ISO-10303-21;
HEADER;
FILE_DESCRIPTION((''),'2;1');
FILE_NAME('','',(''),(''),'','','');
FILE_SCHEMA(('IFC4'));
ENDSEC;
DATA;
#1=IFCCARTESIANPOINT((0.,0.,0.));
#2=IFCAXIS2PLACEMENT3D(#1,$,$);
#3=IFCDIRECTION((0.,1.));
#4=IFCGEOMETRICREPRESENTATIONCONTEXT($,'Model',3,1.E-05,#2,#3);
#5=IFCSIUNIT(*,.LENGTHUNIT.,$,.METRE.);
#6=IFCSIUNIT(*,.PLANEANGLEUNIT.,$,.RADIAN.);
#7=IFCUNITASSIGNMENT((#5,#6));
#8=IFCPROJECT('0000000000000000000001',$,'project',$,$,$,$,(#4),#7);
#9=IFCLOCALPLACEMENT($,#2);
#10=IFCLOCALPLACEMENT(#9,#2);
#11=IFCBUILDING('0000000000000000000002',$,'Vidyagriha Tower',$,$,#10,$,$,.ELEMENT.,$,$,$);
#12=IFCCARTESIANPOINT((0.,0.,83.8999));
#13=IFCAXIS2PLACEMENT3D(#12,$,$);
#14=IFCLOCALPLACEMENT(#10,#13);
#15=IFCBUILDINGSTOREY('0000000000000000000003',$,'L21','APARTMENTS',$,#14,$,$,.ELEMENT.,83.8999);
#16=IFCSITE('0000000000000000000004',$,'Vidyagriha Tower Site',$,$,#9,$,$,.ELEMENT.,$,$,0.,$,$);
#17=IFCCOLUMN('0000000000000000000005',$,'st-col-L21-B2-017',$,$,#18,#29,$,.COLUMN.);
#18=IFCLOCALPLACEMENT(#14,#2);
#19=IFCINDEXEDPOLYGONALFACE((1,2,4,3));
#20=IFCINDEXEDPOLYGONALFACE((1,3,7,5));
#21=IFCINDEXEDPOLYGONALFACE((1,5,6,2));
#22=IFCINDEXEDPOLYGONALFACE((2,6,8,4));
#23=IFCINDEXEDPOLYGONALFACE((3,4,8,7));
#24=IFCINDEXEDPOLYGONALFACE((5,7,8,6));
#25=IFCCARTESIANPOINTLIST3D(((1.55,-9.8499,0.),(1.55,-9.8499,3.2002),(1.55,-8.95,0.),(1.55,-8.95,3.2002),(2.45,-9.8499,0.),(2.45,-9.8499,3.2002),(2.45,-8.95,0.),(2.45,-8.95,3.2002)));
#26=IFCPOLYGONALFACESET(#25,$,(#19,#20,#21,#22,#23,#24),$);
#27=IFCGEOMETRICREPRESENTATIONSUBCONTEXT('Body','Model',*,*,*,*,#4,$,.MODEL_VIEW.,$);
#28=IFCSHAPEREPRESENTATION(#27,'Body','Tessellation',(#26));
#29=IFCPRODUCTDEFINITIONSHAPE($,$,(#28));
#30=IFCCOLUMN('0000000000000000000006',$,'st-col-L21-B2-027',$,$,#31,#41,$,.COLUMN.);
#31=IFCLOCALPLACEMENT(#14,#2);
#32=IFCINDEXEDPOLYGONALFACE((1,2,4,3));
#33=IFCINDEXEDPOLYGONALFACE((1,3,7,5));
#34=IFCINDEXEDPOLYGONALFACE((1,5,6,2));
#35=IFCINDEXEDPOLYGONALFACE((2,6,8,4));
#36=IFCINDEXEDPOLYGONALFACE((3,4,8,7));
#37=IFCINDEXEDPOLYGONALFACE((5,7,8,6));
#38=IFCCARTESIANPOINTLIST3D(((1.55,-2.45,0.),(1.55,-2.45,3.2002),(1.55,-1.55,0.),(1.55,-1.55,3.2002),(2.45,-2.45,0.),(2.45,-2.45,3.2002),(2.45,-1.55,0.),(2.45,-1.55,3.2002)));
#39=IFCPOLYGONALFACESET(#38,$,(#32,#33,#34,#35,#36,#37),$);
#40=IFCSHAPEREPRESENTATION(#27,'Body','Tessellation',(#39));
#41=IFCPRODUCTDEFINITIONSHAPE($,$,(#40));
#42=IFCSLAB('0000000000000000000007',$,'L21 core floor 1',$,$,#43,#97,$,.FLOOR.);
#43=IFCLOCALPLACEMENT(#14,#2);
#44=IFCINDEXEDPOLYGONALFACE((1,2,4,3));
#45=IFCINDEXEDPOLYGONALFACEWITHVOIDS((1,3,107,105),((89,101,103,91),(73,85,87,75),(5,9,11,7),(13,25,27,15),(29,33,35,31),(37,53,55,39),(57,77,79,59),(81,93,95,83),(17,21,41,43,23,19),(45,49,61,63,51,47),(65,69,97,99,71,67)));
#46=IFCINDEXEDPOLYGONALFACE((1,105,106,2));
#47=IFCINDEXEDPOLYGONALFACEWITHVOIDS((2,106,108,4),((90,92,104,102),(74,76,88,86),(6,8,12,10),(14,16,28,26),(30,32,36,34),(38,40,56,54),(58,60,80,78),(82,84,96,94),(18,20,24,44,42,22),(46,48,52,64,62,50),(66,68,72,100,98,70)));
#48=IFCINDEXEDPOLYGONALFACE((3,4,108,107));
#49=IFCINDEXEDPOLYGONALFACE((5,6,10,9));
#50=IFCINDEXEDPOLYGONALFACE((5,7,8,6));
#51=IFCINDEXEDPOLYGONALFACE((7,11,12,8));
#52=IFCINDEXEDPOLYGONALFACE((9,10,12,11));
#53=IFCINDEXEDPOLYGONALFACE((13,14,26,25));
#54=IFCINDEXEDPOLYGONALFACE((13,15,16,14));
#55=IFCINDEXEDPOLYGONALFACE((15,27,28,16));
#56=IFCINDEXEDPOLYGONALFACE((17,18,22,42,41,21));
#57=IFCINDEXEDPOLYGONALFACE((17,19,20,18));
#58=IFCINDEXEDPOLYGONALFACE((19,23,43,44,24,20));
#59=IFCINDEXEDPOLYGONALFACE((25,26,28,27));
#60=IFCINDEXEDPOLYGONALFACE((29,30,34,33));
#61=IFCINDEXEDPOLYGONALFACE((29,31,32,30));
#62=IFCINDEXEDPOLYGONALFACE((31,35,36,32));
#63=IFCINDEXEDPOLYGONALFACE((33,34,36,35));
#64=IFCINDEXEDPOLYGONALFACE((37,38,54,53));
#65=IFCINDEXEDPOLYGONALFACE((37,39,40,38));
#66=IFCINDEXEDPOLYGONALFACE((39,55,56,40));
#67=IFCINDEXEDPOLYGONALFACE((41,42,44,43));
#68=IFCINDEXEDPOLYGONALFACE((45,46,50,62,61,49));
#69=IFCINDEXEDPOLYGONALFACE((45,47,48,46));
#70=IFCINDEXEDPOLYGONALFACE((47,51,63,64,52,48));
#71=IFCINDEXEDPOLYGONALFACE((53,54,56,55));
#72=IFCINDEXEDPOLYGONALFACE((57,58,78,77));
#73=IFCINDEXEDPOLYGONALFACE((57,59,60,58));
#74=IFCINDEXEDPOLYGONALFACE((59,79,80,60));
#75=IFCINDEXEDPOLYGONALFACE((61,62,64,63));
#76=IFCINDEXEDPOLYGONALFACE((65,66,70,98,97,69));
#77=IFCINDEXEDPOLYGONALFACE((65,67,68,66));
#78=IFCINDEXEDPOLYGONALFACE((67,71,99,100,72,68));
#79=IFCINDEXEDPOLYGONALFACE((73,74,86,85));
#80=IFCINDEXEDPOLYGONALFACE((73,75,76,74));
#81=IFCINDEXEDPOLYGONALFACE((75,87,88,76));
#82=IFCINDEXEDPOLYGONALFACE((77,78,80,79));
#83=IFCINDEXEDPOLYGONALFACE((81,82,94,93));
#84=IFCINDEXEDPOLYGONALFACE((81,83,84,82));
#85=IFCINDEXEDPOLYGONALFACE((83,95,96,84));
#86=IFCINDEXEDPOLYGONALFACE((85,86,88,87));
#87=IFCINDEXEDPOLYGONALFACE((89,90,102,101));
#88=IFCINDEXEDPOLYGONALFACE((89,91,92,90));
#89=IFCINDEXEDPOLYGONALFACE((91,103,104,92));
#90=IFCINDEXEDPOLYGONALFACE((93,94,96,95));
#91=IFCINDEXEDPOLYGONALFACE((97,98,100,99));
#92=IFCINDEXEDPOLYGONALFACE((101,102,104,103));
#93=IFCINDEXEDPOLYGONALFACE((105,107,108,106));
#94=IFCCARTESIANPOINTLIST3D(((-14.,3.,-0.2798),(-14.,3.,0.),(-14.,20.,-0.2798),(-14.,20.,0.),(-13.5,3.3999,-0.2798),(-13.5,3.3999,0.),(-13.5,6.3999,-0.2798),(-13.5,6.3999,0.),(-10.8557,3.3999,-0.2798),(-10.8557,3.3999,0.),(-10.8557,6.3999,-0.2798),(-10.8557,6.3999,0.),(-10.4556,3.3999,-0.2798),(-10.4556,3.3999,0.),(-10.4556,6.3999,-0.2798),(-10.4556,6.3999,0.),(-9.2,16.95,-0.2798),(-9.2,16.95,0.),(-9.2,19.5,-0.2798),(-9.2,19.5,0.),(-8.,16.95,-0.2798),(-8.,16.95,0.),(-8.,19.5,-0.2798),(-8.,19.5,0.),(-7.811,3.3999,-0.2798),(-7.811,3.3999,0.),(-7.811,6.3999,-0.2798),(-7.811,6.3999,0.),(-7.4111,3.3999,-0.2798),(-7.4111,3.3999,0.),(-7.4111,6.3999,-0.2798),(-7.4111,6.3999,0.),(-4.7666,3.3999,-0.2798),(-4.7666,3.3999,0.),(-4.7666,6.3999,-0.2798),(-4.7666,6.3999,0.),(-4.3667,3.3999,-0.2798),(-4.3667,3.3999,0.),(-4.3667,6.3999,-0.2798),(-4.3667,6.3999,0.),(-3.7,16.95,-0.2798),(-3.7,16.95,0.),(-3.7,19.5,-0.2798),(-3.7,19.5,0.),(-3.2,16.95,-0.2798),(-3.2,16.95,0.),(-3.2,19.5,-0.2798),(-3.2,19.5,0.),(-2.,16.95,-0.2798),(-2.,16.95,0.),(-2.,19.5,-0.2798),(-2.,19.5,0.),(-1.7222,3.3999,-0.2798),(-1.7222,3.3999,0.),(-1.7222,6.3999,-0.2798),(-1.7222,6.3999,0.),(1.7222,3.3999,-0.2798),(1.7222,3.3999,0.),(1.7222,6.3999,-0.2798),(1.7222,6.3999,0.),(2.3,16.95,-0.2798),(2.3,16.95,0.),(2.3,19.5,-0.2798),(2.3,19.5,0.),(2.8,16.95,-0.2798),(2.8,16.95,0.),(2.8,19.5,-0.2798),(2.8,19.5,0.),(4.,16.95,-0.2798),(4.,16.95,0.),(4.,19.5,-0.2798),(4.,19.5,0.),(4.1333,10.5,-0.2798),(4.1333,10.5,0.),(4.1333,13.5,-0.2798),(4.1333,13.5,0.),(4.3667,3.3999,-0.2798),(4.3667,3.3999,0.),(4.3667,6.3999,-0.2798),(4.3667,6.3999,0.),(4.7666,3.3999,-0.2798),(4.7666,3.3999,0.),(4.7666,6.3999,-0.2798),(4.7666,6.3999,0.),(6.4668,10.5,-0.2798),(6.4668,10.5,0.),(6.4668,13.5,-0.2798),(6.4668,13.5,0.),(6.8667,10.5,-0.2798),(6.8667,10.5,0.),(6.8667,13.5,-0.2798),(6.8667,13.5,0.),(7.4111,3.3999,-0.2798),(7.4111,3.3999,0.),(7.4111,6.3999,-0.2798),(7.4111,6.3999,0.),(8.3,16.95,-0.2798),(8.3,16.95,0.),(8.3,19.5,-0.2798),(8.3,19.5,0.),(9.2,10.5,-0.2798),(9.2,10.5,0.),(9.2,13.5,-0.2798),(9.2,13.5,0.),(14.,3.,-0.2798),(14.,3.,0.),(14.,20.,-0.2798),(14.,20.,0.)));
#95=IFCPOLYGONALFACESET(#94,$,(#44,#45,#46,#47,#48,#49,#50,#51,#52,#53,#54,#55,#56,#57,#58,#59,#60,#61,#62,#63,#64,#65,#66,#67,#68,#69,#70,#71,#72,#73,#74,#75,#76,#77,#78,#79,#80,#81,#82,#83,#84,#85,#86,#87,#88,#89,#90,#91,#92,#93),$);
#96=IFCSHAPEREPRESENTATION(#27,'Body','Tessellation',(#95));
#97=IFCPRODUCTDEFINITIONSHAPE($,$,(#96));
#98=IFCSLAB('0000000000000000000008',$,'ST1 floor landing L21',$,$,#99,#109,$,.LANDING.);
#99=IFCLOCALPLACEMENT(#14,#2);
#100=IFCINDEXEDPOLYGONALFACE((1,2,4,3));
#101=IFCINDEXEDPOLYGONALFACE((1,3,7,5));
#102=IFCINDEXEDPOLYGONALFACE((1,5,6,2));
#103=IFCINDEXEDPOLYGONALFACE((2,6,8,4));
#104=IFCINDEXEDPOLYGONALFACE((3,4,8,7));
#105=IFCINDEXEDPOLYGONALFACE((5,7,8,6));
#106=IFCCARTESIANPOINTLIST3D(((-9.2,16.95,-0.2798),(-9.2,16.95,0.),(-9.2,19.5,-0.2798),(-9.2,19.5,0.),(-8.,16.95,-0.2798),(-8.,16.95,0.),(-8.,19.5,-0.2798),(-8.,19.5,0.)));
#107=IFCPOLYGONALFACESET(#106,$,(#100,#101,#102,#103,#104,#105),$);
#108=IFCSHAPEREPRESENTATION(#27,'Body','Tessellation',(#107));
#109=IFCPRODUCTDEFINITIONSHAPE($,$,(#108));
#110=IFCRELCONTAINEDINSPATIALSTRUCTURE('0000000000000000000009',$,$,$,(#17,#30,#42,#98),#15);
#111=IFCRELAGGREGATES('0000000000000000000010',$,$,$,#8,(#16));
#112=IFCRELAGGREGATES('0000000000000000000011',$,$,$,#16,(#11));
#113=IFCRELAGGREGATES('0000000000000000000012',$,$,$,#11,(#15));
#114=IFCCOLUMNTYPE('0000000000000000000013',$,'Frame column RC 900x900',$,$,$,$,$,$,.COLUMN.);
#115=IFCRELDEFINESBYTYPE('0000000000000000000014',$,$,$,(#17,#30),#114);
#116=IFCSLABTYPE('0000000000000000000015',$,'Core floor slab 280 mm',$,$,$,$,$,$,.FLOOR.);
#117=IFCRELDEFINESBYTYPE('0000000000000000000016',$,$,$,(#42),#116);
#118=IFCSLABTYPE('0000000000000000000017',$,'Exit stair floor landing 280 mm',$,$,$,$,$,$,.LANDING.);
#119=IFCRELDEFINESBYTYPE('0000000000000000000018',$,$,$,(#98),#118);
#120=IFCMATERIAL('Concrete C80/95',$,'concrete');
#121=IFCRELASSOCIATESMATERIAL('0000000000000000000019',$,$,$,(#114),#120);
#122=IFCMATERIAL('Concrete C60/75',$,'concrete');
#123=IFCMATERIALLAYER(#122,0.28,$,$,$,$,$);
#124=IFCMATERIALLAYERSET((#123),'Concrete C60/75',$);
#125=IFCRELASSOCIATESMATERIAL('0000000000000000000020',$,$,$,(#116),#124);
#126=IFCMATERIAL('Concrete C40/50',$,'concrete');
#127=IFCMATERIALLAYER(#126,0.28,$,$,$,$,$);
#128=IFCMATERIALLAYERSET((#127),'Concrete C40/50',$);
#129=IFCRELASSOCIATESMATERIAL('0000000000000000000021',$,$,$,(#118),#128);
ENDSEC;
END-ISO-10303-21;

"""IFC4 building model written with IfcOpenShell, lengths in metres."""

from ifc_helpers import new_model, si_unit, direction, frame, origin, origin_2d, place, context, subcontext, project, spatial, polyline, rectangle, outline, extrude, material, layer, layer_set, material_profile, profile_set, type_object, element, save


model = new_model("IFC4")

# Units and contexts
model_context = context("Model", 3, precision=1e-05, world=origin(), true_north=direction((0.0, 1.0)))
body_context = subcontext(model_context, "Body", "Model", "MODEL_VIEW")
ifc_project = project(units=[si_unit("LENGTHUNIT", "METRE"), si_unit("PLANEANGLEUNIT", "RADIAN")], contexts=[model_context])

# Site, building, storey
site_placement = place(None, origin())
site = spatial("IfcSite", under=ifc_project, at=site_placement, Name="Vidyagriha Tower Site", CompositionType="ELEMENT", RefElevation=0.0)
building_placement = place(site_placement, origin())
building = spatial("IfcBuilding", under=site, at=building_placement, Name="Vidyagriha Tower", CompositionType="ELEMENT")
storey_placement = place(building_placement, frame((0.0, 0.0, 83.8999)))
storey = spatial("IfcBuildingStorey", under=building, at=storey_placement, Name="L21", Description="APARTMENTS", CompositionType="ELEMENT", Elevation=83.8999)

# Columns
ifc_material_1 = material(Name="Concrete C80/95", Category="concrete")
ifc_material_profile = material_profile(ifc_material_1, rectangle(XDim=0.8999, YDim=0.8999, at=origin_2d()), Name="RC 900x900")
ifc_profile_set = profile_set([ifc_material_profile], Name="Concrete C80/95")
column_type = type_object("IfcColumnType", Name="Frame column RC 900x900", PredefinedType="COLUMN", material=ifc_profile_set)
for number, where, name in (
    (1, (2.0, -9.3999, 0.0), "st-col-L21-B2-017"),
    (2, (2.0, -2.0, 0.0), "st-col-L21-B2-027"),
):
    element("IfcColumn", number, at=place(storey_placement, frame(where)), inside=storey, type_object=column_type, Name=name, PredefinedType="COLUMN", context=body_context, shape_type="SweptSolid", body=[
        extrude(rectangle(XDim=0.8999, YDim=0.8999, at=origin_2d()), origin(), (0.0, 0.0, 1.0), 3.2002),
    ])

# Slabs
ifc_material_2 = material(Name="Concrete C60/75", Category="concrete")
ifc_layer_1 = layer(ifc_material_2, 0.28)
ifc_layer_set_1 = layer_set([ifc_layer_1], Name="Concrete C60/75")
slab_type_1 = type_object("IfcSlabType", Name="Core floor slab 280 mm", PredefinedType="FLOOR", material=ifc_layer_set_1)
slab_1_placement = place(storey_placement, frame((0.0, 0.0, -0.2798)))
element("IfcSlab", 3, at=slab_1_placement, inside=storey, type_object=slab_type_1, Name="L21 core floor 1", PredefinedType="FLOOR", context=body_context, shape_type="SweptSolid", body=[
    extrude(outline(polyline([(-14.0, 3.0), (-14.0, 20.0), (14.0, 20.0), (14.0, 3.0), (-14.0, 3.0)]), holes=[polyline([(9.2, 13.5), (6.8667, 13.5), (6.8667, 10.5), (9.2, 10.5), (9.2, 13.5)]), polyline([(4.0, 19.5), (2.8, 19.5), (2.8, 16.95), (4.0, 16.95), (8.3, 16.95), (8.3, 19.5), (4.0, 19.5)]), polyline([(7.4111, 6.3999), (4.7666, 6.3999), (4.7666, 3.3999), (7.4111, 3.3999), (7.4111, 6.3999)]), polyline([(6.4668, 13.5), (4.1333, 13.5), (4.1333, 10.5), (6.4668, 10.5), (6.4668, 13.5)]), polyline([(1.7222, 6.3999), (1.7222, 3.3999), (4.3667, 3.3999), (4.3667, 6.3999), (1.7222, 6.3999)]), polyline([(-2.0, 16.95), (2.3, 16.95), (2.3, 19.5), (-2.0, 19.5), (-3.2, 19.5), (-3.2, 16.95), (-2.0, 16.95)]), polyline([(-1.7222, 6.3999), (-4.3667, 6.3999), (-4.3667, 3.3999), (-1.7222, 3.3999), (-1.7222, 6.3999)]), polyline([(-8.0, 19.5), (-9.2, 19.5), (-9.2, 16.95), (-8.0, 16.95), (-3.7, 16.95), (-3.7, 19.5), (-8.0, 19.5)]), polyline([(-4.7666, 6.3999), (-7.4111, 6.3999), (-7.4111, 3.3999), (-4.7666, 3.3999), (-4.7666, 6.3999)]), polyline([(-7.811, 6.3999), (-10.4556, 6.3999), (-10.4556, 3.3999), (-7.811, 3.3999), (-7.811, 6.3999)]), polyline([(-13.5, 6.3999), (-13.5, 3.3999), (-10.8557, 3.3999), (-10.8557, 6.3999), (-13.5, 6.3999)])]), origin(), (0.0, 0.0, 1.0), 0.2798),
])
ifc_material_3 = material(Name="Concrete C40/50", Category="concrete")
ifc_layer_2 = layer(ifc_material_3, 0.28)
ifc_layer_set_2 = layer_set([ifc_layer_2], Name="Concrete C40/50")
slab_type_2 = type_object("IfcSlabType", Name="Exit stair floor landing 280 mm", PredefinedType="LANDING", material=ifc_layer_set_2)
slab_2_placement = place(storey_placement, frame((0.0, 0.0, -0.2798)))
element("IfcSlab", 4, at=slab_2_placement, inside=storey, type_object=slab_type_2, Name="ST1 floor landing L21", PredefinedType="LANDING", context=body_context, shape_type="SweptSolid", body=[
    extrude(outline(polyline([(-9.2, 16.95), (-8.0, 16.95), (-8.0, 19.5), (-9.2, 19.5), (-9.2, 16.95)])), origin(), (0.0, 0.0, 1.0), 0.2798),
])

save(model, "model.ifc")
